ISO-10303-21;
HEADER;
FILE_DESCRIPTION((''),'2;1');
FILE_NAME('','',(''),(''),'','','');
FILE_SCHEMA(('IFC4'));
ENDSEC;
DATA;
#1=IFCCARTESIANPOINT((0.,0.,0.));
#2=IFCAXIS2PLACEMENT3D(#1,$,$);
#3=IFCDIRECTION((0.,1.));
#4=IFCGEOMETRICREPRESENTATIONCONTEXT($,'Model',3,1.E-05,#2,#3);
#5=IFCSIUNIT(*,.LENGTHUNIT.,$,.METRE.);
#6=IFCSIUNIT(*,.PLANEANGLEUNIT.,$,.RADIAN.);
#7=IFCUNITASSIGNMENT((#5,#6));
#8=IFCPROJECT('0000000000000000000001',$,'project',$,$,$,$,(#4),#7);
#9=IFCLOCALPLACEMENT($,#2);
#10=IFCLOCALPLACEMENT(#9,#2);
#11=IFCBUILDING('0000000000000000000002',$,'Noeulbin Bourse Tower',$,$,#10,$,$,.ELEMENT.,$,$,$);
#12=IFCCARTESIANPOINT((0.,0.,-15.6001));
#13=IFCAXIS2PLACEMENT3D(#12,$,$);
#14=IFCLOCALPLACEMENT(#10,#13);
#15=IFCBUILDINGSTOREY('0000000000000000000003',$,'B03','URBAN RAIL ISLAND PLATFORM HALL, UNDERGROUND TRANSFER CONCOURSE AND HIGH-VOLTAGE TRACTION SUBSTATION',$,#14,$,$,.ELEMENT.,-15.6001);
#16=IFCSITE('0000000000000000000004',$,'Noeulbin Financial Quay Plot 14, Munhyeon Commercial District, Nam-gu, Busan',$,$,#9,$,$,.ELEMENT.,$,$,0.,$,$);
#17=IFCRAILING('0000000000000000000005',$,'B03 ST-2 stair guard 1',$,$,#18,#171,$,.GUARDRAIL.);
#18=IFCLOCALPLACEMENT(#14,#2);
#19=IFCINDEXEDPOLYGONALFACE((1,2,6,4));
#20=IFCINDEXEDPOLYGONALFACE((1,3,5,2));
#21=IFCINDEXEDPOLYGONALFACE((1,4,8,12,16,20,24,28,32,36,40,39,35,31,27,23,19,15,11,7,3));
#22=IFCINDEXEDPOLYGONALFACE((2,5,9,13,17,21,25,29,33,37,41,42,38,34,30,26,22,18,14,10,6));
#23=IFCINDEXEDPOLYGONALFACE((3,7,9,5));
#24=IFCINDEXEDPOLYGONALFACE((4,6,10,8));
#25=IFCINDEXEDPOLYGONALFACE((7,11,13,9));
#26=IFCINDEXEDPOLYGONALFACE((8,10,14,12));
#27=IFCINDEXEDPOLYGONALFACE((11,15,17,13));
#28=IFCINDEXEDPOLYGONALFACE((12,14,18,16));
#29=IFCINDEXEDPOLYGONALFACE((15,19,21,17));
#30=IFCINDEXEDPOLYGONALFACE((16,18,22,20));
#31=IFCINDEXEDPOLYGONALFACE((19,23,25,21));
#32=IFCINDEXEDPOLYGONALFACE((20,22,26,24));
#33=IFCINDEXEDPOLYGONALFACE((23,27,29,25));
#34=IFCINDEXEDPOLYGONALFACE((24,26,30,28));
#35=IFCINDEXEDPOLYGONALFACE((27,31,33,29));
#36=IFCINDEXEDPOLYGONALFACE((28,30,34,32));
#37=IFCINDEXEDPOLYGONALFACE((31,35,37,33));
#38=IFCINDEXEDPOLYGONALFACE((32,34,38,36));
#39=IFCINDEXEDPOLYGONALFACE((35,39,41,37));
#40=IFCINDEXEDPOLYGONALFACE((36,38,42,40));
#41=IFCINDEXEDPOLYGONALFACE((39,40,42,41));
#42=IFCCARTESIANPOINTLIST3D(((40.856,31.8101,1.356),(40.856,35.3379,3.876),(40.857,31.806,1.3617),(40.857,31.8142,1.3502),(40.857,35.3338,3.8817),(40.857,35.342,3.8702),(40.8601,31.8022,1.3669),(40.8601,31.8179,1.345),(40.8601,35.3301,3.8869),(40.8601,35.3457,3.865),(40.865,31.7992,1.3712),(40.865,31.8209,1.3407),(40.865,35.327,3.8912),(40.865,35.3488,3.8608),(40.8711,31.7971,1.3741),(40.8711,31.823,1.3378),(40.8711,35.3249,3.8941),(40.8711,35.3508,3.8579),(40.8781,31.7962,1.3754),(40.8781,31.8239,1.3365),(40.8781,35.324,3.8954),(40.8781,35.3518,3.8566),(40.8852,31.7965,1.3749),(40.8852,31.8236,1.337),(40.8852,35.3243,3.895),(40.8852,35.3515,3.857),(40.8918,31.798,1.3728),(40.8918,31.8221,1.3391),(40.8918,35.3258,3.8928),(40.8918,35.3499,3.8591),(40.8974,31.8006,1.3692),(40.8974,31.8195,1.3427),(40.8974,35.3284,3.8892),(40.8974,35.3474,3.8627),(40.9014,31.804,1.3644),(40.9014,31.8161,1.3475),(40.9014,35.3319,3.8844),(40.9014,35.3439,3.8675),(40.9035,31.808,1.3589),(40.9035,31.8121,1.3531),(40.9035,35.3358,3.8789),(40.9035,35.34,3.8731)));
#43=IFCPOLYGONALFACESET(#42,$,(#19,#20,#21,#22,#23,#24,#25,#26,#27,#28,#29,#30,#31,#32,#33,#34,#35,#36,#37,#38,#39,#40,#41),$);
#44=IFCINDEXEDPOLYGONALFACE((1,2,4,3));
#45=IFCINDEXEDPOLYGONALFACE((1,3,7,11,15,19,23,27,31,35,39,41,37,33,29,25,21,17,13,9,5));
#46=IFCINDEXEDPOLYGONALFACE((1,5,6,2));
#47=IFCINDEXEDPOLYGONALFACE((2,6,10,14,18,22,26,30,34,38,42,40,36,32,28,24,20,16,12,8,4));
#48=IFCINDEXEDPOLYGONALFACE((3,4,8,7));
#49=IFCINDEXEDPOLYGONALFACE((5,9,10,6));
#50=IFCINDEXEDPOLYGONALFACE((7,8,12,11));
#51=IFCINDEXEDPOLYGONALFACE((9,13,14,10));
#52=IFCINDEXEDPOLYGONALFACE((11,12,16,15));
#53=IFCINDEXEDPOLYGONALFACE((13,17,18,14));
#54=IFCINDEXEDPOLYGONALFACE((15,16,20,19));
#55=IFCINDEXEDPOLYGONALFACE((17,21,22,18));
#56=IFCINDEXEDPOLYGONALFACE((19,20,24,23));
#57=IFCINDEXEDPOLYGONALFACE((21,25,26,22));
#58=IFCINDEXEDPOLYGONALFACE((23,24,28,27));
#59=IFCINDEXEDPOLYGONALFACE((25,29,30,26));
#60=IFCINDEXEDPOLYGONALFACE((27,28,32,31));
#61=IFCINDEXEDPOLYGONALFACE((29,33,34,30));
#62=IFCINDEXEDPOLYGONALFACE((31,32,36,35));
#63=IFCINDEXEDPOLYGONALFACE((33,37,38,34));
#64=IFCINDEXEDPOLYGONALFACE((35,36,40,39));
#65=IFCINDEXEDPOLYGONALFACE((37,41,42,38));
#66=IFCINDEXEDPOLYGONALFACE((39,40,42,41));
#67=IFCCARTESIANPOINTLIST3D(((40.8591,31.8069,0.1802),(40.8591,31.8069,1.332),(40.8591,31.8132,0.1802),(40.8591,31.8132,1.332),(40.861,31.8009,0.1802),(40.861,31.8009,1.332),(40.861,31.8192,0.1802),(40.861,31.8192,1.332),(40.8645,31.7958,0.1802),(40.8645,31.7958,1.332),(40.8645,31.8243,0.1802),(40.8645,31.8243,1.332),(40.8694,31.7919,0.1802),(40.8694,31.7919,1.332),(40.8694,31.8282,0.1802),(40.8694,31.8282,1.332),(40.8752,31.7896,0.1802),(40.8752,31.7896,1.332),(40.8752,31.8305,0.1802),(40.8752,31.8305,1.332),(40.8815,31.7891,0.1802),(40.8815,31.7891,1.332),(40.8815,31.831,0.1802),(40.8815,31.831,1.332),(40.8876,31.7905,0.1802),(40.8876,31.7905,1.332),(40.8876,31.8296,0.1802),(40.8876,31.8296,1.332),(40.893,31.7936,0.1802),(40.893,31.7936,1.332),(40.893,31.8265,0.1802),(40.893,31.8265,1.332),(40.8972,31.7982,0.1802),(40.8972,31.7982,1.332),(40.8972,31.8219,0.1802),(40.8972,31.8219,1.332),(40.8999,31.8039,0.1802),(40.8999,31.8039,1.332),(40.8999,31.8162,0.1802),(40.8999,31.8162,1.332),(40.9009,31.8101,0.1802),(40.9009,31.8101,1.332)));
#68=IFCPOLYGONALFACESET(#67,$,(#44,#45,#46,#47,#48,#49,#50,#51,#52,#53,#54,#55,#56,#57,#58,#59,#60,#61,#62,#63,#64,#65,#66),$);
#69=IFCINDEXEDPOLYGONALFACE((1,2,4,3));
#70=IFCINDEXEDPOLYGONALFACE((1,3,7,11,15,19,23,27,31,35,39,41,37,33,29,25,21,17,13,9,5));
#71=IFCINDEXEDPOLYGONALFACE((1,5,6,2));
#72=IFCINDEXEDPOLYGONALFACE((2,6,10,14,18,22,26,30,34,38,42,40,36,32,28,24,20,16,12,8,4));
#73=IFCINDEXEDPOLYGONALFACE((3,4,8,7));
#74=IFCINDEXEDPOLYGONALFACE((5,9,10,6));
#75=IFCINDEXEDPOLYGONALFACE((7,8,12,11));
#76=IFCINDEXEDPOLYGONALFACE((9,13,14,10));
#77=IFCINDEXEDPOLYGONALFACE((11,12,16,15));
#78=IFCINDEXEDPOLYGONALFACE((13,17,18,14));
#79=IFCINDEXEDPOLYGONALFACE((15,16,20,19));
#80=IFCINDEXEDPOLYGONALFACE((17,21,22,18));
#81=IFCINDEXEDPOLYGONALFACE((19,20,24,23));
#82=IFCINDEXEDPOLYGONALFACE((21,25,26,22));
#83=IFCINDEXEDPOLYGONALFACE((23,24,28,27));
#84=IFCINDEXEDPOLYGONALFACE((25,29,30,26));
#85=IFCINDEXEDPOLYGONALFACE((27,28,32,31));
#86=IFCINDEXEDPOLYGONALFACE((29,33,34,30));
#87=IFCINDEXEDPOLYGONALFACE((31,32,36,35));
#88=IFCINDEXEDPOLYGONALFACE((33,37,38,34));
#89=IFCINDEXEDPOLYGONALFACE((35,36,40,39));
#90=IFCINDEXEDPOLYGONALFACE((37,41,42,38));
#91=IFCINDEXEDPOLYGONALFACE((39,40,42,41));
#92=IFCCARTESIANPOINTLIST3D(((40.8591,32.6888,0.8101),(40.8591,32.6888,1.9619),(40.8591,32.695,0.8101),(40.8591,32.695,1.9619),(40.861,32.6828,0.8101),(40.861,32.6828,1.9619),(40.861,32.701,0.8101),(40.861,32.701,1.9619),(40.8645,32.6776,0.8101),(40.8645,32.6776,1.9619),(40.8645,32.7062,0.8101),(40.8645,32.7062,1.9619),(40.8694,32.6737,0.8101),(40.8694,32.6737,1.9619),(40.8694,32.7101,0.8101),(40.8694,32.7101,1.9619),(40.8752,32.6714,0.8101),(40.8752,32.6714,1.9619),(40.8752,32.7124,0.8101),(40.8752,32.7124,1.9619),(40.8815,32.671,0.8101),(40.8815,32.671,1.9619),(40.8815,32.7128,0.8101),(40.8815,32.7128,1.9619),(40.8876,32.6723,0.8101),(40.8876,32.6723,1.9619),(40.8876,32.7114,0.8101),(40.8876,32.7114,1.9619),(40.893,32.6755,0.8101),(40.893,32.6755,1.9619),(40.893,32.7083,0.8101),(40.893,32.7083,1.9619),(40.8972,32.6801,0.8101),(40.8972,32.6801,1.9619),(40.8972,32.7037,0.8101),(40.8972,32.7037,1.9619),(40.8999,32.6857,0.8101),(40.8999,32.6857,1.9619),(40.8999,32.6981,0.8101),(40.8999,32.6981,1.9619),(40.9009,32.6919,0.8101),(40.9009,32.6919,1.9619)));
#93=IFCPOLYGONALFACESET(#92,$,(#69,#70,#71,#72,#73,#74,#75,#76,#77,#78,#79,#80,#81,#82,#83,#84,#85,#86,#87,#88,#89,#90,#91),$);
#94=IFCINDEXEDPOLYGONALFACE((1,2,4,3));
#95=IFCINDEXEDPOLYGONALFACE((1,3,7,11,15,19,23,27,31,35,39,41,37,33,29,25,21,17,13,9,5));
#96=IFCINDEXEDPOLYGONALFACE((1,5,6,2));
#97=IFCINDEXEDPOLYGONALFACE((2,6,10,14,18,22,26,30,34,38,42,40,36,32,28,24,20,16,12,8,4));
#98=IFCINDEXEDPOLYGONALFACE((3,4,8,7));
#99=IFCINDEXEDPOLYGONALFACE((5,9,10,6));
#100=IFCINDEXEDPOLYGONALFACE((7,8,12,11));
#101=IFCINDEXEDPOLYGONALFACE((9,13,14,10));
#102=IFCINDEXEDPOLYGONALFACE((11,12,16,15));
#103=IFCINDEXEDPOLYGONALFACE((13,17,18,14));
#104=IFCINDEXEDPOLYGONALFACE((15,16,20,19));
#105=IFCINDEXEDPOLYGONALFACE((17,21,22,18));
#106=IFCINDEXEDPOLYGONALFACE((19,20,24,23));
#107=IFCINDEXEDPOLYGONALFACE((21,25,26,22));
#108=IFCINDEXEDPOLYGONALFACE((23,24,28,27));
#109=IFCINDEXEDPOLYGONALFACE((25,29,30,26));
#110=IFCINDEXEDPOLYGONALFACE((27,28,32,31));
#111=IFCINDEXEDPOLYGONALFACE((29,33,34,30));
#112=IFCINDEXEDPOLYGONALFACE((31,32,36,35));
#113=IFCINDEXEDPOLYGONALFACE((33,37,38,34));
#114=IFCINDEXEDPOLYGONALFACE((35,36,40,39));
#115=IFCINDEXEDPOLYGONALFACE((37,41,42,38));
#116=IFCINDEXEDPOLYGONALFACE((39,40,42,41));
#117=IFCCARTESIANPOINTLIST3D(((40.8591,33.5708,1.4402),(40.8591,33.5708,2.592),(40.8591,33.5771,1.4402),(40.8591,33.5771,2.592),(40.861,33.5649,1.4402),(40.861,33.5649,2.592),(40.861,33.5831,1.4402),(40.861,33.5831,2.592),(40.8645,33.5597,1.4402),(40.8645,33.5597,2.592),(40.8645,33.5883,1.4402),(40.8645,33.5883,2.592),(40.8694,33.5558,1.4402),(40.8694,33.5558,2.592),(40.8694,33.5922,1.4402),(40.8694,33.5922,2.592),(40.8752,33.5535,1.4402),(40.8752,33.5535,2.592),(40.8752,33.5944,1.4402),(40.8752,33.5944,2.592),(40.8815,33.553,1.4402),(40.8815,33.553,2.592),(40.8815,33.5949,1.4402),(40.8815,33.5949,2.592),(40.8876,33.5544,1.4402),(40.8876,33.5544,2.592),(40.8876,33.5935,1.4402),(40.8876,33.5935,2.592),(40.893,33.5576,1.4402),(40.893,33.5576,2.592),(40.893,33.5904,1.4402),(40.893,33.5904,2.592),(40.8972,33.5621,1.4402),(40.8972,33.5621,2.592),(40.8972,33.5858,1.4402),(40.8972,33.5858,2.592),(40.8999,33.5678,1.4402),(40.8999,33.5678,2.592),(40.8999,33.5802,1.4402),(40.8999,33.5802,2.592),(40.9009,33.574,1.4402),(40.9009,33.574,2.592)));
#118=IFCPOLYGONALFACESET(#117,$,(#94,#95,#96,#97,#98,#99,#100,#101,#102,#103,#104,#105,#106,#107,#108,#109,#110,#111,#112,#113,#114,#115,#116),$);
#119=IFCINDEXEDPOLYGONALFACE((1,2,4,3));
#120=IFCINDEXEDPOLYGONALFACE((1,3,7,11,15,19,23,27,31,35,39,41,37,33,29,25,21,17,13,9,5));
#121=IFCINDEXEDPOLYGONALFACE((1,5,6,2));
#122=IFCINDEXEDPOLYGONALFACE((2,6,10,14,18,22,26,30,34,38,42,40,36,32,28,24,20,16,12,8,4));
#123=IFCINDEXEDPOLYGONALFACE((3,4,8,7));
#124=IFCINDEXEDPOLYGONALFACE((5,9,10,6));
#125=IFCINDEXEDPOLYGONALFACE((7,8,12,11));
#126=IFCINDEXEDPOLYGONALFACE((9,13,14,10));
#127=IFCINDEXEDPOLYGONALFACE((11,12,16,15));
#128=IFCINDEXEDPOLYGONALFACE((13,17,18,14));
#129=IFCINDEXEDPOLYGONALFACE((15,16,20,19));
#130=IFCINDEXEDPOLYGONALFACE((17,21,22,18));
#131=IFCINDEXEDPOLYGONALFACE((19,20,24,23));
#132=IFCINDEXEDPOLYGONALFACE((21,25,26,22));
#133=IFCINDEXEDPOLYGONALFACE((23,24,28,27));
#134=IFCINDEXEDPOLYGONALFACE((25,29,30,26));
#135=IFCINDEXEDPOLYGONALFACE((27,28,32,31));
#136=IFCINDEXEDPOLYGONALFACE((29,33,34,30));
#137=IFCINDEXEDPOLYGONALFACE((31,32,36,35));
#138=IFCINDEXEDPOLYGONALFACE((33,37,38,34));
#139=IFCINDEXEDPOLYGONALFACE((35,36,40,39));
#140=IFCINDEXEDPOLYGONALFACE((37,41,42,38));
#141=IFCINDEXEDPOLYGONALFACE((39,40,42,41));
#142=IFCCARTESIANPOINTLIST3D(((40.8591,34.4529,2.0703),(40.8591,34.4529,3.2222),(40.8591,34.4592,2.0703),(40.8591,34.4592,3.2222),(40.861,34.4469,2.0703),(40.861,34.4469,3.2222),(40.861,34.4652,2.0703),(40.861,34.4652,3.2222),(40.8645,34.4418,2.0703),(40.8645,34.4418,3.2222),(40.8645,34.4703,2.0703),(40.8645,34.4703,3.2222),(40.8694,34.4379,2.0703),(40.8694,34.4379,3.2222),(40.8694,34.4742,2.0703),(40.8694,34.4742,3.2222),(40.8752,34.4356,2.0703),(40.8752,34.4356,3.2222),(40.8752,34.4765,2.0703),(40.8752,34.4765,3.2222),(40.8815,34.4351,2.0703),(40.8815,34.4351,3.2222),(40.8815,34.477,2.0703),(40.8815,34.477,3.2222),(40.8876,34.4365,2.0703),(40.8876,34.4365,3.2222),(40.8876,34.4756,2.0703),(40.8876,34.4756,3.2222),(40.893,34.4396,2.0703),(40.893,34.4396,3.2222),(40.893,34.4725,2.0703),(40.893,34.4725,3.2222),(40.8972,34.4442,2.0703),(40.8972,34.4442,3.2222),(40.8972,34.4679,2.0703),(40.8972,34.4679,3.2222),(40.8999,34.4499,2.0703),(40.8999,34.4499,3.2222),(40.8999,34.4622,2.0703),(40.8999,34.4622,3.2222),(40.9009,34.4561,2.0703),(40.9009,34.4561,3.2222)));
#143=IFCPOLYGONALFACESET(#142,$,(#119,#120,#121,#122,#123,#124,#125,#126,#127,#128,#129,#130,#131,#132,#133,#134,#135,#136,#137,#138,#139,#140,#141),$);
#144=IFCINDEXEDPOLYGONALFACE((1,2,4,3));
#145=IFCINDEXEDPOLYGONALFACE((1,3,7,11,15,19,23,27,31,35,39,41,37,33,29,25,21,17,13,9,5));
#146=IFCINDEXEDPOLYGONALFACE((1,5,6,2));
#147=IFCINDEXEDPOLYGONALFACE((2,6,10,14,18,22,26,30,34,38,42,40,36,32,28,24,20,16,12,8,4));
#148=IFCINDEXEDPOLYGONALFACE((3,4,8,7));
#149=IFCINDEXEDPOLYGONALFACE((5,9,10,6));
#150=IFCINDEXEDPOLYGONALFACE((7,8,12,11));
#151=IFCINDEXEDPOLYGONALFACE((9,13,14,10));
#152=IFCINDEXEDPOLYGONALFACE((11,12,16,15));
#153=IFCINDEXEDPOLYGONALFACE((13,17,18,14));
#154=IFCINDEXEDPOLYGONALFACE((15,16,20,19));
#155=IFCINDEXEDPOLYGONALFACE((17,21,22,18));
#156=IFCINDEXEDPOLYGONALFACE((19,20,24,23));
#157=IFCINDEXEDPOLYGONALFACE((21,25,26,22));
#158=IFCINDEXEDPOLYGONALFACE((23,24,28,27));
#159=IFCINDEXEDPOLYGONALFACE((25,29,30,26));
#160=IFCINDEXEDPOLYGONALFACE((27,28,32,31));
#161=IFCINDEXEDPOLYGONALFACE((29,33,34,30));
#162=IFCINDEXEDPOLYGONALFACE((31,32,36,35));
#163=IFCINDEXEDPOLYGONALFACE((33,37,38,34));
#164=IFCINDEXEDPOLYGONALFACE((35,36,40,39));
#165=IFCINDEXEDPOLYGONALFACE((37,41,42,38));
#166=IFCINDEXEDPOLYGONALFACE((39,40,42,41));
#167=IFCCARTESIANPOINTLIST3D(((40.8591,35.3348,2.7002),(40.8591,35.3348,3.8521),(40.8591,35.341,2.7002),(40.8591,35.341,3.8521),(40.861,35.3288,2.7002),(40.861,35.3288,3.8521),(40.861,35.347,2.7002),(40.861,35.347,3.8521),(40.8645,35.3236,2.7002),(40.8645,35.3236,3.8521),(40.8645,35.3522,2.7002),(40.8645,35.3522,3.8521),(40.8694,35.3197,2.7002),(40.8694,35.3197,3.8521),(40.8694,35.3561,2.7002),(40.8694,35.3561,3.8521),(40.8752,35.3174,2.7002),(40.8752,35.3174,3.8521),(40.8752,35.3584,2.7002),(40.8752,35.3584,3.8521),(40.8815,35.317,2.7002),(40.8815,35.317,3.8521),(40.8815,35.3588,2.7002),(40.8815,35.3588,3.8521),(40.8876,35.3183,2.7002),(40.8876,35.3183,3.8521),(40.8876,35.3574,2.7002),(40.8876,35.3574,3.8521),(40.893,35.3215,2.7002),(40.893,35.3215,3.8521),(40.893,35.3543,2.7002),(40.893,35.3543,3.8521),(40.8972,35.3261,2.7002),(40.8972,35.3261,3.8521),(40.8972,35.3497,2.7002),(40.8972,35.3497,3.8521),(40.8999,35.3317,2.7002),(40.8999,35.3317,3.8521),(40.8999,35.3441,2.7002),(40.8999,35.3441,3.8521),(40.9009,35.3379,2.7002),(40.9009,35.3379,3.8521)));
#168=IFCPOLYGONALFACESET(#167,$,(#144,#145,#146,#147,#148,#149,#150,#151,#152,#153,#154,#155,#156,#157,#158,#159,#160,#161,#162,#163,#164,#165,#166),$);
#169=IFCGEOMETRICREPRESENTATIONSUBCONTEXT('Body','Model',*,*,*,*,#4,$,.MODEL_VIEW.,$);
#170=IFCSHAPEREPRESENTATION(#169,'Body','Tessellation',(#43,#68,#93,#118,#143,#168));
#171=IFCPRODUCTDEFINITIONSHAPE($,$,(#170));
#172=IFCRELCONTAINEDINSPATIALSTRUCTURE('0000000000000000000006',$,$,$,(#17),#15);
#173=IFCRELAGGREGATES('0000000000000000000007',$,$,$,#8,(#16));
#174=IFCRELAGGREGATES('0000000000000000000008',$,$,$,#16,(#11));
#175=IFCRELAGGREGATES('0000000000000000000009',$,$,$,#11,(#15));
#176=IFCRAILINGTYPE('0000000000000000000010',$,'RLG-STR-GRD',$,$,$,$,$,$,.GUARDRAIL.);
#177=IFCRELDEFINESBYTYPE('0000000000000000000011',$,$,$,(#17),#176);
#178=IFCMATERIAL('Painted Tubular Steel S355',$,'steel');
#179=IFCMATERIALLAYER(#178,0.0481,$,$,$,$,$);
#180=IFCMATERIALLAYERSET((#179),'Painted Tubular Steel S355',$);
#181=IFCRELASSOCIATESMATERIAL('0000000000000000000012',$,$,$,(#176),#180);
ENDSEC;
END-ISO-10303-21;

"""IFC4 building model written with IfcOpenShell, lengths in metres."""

from ifc_helpers import new_model, si_unit, direction, frame, origin, origin_2d, place, context, subcontext, project, spatial, circle, extrude, material, layer, layer_set, type_object, element, save


model = new_model("IFC4")

# Units and contexts
model_context = context("Model", 3, precision=1e-05, world=origin(), true_north=direction((0.0, 1.0)))
body_context = subcontext(model_context, "Body", "Model", "MODEL_VIEW")
ifc_project = project(units=[si_unit("LENGTHUNIT", "METRE"), si_unit("PLANEANGLEUNIT", "RADIAN")], contexts=[model_context])

# Site, building, storey
site_placement = place(None, origin())
site = spatial("IfcSite", under=ifc_project, at=site_placement, Name="Noeulbin Financial Quay Plot 14, Munhyeon Commercial District, Nam-gu, Busan", CompositionType="ELEMENT", RefElevation=0.0)
building_placement = place(site_placement, origin())
building = spatial("IfcBuilding", under=site, at=building_placement, Name="Noeulbin Bourse Tower", CompositionType="ELEMENT")
storey_placement = place(building_placement, frame((0.0, 0.0, -15.6001)))
storey = spatial("IfcBuildingStorey", under=building, at=storey_placement, Name="B03", Description="URBAN RAIL ISLAND PLATFORM HALL, UNDERGROUND TRANSFER CONCOURSE AND HIGH-VOLTAGE TRACTION SUBSTATION", CompositionType="ELEMENT", Elevation=-15.6001)

# Railing
ifc_material_1 = material(Name="Painted Tubular Steel S355", Category="steel")
ifc_layer_1 = layer(ifc_material_1, 0.0481)
ifc_layer_set_1 = layer_set([ifc_layer_1], Name="Painted Tubular Steel S355")
railing_type_1 = type_object("IfcRailingType", Name="RLG-STR-GRD", PredefinedType="GUARDRAIL", material=ifc_layer_set_1)
railing_1_placement = place(storey_placement, frame((40.8799, 31.8101, 0.1802)))
element("IfcRailing", 1, at=railing_1_placement, inside=storey, type_object=railing_type_1, Name="B03 ST-2 stair guard 1", PredefinedType="GUARDRAIL", context=body_context, shape_type="SweptSolid", body=[
    extrude(circle(Radius=0.0239, at=origin_2d()), frame((0.0, 0.0, 1.1758), z_axis=(0.0, 0.813718, 0.58126), x_axis=(-1.0, 0.0, 0.0)), (0.0, 0.0, 1.0), 4.3354),
    extrude(circle(Radius=0.021, at=origin_2d()), origin(), (0.0, 0.0, 1.0), 1.1519),
    extrude(circle(Radius=0.021, at=origin_2d()), frame((0.0, 0.8818, 0.6299)), (0.0, 0.0, 1.0), 1.1519),
    extrude(circle(Radius=0.021, at=origin_2d()), frame((0.0, 1.7639, 1.26)), (0.0, 0.0, 1.0), 1.1519),
    extrude(circle(Radius=0.021, at=origin_2d()), frame((0.0, 2.646, 1.8901)), (0.0, 0.0, 1.0), 1.1519),
    extrude(circle(Radius=0.021, at=origin_2d()), frame((0.0, 3.5278, 2.52)), (0.0, 0.0, 1.0), 1.1519),
])

save(model, "model.ifc")
